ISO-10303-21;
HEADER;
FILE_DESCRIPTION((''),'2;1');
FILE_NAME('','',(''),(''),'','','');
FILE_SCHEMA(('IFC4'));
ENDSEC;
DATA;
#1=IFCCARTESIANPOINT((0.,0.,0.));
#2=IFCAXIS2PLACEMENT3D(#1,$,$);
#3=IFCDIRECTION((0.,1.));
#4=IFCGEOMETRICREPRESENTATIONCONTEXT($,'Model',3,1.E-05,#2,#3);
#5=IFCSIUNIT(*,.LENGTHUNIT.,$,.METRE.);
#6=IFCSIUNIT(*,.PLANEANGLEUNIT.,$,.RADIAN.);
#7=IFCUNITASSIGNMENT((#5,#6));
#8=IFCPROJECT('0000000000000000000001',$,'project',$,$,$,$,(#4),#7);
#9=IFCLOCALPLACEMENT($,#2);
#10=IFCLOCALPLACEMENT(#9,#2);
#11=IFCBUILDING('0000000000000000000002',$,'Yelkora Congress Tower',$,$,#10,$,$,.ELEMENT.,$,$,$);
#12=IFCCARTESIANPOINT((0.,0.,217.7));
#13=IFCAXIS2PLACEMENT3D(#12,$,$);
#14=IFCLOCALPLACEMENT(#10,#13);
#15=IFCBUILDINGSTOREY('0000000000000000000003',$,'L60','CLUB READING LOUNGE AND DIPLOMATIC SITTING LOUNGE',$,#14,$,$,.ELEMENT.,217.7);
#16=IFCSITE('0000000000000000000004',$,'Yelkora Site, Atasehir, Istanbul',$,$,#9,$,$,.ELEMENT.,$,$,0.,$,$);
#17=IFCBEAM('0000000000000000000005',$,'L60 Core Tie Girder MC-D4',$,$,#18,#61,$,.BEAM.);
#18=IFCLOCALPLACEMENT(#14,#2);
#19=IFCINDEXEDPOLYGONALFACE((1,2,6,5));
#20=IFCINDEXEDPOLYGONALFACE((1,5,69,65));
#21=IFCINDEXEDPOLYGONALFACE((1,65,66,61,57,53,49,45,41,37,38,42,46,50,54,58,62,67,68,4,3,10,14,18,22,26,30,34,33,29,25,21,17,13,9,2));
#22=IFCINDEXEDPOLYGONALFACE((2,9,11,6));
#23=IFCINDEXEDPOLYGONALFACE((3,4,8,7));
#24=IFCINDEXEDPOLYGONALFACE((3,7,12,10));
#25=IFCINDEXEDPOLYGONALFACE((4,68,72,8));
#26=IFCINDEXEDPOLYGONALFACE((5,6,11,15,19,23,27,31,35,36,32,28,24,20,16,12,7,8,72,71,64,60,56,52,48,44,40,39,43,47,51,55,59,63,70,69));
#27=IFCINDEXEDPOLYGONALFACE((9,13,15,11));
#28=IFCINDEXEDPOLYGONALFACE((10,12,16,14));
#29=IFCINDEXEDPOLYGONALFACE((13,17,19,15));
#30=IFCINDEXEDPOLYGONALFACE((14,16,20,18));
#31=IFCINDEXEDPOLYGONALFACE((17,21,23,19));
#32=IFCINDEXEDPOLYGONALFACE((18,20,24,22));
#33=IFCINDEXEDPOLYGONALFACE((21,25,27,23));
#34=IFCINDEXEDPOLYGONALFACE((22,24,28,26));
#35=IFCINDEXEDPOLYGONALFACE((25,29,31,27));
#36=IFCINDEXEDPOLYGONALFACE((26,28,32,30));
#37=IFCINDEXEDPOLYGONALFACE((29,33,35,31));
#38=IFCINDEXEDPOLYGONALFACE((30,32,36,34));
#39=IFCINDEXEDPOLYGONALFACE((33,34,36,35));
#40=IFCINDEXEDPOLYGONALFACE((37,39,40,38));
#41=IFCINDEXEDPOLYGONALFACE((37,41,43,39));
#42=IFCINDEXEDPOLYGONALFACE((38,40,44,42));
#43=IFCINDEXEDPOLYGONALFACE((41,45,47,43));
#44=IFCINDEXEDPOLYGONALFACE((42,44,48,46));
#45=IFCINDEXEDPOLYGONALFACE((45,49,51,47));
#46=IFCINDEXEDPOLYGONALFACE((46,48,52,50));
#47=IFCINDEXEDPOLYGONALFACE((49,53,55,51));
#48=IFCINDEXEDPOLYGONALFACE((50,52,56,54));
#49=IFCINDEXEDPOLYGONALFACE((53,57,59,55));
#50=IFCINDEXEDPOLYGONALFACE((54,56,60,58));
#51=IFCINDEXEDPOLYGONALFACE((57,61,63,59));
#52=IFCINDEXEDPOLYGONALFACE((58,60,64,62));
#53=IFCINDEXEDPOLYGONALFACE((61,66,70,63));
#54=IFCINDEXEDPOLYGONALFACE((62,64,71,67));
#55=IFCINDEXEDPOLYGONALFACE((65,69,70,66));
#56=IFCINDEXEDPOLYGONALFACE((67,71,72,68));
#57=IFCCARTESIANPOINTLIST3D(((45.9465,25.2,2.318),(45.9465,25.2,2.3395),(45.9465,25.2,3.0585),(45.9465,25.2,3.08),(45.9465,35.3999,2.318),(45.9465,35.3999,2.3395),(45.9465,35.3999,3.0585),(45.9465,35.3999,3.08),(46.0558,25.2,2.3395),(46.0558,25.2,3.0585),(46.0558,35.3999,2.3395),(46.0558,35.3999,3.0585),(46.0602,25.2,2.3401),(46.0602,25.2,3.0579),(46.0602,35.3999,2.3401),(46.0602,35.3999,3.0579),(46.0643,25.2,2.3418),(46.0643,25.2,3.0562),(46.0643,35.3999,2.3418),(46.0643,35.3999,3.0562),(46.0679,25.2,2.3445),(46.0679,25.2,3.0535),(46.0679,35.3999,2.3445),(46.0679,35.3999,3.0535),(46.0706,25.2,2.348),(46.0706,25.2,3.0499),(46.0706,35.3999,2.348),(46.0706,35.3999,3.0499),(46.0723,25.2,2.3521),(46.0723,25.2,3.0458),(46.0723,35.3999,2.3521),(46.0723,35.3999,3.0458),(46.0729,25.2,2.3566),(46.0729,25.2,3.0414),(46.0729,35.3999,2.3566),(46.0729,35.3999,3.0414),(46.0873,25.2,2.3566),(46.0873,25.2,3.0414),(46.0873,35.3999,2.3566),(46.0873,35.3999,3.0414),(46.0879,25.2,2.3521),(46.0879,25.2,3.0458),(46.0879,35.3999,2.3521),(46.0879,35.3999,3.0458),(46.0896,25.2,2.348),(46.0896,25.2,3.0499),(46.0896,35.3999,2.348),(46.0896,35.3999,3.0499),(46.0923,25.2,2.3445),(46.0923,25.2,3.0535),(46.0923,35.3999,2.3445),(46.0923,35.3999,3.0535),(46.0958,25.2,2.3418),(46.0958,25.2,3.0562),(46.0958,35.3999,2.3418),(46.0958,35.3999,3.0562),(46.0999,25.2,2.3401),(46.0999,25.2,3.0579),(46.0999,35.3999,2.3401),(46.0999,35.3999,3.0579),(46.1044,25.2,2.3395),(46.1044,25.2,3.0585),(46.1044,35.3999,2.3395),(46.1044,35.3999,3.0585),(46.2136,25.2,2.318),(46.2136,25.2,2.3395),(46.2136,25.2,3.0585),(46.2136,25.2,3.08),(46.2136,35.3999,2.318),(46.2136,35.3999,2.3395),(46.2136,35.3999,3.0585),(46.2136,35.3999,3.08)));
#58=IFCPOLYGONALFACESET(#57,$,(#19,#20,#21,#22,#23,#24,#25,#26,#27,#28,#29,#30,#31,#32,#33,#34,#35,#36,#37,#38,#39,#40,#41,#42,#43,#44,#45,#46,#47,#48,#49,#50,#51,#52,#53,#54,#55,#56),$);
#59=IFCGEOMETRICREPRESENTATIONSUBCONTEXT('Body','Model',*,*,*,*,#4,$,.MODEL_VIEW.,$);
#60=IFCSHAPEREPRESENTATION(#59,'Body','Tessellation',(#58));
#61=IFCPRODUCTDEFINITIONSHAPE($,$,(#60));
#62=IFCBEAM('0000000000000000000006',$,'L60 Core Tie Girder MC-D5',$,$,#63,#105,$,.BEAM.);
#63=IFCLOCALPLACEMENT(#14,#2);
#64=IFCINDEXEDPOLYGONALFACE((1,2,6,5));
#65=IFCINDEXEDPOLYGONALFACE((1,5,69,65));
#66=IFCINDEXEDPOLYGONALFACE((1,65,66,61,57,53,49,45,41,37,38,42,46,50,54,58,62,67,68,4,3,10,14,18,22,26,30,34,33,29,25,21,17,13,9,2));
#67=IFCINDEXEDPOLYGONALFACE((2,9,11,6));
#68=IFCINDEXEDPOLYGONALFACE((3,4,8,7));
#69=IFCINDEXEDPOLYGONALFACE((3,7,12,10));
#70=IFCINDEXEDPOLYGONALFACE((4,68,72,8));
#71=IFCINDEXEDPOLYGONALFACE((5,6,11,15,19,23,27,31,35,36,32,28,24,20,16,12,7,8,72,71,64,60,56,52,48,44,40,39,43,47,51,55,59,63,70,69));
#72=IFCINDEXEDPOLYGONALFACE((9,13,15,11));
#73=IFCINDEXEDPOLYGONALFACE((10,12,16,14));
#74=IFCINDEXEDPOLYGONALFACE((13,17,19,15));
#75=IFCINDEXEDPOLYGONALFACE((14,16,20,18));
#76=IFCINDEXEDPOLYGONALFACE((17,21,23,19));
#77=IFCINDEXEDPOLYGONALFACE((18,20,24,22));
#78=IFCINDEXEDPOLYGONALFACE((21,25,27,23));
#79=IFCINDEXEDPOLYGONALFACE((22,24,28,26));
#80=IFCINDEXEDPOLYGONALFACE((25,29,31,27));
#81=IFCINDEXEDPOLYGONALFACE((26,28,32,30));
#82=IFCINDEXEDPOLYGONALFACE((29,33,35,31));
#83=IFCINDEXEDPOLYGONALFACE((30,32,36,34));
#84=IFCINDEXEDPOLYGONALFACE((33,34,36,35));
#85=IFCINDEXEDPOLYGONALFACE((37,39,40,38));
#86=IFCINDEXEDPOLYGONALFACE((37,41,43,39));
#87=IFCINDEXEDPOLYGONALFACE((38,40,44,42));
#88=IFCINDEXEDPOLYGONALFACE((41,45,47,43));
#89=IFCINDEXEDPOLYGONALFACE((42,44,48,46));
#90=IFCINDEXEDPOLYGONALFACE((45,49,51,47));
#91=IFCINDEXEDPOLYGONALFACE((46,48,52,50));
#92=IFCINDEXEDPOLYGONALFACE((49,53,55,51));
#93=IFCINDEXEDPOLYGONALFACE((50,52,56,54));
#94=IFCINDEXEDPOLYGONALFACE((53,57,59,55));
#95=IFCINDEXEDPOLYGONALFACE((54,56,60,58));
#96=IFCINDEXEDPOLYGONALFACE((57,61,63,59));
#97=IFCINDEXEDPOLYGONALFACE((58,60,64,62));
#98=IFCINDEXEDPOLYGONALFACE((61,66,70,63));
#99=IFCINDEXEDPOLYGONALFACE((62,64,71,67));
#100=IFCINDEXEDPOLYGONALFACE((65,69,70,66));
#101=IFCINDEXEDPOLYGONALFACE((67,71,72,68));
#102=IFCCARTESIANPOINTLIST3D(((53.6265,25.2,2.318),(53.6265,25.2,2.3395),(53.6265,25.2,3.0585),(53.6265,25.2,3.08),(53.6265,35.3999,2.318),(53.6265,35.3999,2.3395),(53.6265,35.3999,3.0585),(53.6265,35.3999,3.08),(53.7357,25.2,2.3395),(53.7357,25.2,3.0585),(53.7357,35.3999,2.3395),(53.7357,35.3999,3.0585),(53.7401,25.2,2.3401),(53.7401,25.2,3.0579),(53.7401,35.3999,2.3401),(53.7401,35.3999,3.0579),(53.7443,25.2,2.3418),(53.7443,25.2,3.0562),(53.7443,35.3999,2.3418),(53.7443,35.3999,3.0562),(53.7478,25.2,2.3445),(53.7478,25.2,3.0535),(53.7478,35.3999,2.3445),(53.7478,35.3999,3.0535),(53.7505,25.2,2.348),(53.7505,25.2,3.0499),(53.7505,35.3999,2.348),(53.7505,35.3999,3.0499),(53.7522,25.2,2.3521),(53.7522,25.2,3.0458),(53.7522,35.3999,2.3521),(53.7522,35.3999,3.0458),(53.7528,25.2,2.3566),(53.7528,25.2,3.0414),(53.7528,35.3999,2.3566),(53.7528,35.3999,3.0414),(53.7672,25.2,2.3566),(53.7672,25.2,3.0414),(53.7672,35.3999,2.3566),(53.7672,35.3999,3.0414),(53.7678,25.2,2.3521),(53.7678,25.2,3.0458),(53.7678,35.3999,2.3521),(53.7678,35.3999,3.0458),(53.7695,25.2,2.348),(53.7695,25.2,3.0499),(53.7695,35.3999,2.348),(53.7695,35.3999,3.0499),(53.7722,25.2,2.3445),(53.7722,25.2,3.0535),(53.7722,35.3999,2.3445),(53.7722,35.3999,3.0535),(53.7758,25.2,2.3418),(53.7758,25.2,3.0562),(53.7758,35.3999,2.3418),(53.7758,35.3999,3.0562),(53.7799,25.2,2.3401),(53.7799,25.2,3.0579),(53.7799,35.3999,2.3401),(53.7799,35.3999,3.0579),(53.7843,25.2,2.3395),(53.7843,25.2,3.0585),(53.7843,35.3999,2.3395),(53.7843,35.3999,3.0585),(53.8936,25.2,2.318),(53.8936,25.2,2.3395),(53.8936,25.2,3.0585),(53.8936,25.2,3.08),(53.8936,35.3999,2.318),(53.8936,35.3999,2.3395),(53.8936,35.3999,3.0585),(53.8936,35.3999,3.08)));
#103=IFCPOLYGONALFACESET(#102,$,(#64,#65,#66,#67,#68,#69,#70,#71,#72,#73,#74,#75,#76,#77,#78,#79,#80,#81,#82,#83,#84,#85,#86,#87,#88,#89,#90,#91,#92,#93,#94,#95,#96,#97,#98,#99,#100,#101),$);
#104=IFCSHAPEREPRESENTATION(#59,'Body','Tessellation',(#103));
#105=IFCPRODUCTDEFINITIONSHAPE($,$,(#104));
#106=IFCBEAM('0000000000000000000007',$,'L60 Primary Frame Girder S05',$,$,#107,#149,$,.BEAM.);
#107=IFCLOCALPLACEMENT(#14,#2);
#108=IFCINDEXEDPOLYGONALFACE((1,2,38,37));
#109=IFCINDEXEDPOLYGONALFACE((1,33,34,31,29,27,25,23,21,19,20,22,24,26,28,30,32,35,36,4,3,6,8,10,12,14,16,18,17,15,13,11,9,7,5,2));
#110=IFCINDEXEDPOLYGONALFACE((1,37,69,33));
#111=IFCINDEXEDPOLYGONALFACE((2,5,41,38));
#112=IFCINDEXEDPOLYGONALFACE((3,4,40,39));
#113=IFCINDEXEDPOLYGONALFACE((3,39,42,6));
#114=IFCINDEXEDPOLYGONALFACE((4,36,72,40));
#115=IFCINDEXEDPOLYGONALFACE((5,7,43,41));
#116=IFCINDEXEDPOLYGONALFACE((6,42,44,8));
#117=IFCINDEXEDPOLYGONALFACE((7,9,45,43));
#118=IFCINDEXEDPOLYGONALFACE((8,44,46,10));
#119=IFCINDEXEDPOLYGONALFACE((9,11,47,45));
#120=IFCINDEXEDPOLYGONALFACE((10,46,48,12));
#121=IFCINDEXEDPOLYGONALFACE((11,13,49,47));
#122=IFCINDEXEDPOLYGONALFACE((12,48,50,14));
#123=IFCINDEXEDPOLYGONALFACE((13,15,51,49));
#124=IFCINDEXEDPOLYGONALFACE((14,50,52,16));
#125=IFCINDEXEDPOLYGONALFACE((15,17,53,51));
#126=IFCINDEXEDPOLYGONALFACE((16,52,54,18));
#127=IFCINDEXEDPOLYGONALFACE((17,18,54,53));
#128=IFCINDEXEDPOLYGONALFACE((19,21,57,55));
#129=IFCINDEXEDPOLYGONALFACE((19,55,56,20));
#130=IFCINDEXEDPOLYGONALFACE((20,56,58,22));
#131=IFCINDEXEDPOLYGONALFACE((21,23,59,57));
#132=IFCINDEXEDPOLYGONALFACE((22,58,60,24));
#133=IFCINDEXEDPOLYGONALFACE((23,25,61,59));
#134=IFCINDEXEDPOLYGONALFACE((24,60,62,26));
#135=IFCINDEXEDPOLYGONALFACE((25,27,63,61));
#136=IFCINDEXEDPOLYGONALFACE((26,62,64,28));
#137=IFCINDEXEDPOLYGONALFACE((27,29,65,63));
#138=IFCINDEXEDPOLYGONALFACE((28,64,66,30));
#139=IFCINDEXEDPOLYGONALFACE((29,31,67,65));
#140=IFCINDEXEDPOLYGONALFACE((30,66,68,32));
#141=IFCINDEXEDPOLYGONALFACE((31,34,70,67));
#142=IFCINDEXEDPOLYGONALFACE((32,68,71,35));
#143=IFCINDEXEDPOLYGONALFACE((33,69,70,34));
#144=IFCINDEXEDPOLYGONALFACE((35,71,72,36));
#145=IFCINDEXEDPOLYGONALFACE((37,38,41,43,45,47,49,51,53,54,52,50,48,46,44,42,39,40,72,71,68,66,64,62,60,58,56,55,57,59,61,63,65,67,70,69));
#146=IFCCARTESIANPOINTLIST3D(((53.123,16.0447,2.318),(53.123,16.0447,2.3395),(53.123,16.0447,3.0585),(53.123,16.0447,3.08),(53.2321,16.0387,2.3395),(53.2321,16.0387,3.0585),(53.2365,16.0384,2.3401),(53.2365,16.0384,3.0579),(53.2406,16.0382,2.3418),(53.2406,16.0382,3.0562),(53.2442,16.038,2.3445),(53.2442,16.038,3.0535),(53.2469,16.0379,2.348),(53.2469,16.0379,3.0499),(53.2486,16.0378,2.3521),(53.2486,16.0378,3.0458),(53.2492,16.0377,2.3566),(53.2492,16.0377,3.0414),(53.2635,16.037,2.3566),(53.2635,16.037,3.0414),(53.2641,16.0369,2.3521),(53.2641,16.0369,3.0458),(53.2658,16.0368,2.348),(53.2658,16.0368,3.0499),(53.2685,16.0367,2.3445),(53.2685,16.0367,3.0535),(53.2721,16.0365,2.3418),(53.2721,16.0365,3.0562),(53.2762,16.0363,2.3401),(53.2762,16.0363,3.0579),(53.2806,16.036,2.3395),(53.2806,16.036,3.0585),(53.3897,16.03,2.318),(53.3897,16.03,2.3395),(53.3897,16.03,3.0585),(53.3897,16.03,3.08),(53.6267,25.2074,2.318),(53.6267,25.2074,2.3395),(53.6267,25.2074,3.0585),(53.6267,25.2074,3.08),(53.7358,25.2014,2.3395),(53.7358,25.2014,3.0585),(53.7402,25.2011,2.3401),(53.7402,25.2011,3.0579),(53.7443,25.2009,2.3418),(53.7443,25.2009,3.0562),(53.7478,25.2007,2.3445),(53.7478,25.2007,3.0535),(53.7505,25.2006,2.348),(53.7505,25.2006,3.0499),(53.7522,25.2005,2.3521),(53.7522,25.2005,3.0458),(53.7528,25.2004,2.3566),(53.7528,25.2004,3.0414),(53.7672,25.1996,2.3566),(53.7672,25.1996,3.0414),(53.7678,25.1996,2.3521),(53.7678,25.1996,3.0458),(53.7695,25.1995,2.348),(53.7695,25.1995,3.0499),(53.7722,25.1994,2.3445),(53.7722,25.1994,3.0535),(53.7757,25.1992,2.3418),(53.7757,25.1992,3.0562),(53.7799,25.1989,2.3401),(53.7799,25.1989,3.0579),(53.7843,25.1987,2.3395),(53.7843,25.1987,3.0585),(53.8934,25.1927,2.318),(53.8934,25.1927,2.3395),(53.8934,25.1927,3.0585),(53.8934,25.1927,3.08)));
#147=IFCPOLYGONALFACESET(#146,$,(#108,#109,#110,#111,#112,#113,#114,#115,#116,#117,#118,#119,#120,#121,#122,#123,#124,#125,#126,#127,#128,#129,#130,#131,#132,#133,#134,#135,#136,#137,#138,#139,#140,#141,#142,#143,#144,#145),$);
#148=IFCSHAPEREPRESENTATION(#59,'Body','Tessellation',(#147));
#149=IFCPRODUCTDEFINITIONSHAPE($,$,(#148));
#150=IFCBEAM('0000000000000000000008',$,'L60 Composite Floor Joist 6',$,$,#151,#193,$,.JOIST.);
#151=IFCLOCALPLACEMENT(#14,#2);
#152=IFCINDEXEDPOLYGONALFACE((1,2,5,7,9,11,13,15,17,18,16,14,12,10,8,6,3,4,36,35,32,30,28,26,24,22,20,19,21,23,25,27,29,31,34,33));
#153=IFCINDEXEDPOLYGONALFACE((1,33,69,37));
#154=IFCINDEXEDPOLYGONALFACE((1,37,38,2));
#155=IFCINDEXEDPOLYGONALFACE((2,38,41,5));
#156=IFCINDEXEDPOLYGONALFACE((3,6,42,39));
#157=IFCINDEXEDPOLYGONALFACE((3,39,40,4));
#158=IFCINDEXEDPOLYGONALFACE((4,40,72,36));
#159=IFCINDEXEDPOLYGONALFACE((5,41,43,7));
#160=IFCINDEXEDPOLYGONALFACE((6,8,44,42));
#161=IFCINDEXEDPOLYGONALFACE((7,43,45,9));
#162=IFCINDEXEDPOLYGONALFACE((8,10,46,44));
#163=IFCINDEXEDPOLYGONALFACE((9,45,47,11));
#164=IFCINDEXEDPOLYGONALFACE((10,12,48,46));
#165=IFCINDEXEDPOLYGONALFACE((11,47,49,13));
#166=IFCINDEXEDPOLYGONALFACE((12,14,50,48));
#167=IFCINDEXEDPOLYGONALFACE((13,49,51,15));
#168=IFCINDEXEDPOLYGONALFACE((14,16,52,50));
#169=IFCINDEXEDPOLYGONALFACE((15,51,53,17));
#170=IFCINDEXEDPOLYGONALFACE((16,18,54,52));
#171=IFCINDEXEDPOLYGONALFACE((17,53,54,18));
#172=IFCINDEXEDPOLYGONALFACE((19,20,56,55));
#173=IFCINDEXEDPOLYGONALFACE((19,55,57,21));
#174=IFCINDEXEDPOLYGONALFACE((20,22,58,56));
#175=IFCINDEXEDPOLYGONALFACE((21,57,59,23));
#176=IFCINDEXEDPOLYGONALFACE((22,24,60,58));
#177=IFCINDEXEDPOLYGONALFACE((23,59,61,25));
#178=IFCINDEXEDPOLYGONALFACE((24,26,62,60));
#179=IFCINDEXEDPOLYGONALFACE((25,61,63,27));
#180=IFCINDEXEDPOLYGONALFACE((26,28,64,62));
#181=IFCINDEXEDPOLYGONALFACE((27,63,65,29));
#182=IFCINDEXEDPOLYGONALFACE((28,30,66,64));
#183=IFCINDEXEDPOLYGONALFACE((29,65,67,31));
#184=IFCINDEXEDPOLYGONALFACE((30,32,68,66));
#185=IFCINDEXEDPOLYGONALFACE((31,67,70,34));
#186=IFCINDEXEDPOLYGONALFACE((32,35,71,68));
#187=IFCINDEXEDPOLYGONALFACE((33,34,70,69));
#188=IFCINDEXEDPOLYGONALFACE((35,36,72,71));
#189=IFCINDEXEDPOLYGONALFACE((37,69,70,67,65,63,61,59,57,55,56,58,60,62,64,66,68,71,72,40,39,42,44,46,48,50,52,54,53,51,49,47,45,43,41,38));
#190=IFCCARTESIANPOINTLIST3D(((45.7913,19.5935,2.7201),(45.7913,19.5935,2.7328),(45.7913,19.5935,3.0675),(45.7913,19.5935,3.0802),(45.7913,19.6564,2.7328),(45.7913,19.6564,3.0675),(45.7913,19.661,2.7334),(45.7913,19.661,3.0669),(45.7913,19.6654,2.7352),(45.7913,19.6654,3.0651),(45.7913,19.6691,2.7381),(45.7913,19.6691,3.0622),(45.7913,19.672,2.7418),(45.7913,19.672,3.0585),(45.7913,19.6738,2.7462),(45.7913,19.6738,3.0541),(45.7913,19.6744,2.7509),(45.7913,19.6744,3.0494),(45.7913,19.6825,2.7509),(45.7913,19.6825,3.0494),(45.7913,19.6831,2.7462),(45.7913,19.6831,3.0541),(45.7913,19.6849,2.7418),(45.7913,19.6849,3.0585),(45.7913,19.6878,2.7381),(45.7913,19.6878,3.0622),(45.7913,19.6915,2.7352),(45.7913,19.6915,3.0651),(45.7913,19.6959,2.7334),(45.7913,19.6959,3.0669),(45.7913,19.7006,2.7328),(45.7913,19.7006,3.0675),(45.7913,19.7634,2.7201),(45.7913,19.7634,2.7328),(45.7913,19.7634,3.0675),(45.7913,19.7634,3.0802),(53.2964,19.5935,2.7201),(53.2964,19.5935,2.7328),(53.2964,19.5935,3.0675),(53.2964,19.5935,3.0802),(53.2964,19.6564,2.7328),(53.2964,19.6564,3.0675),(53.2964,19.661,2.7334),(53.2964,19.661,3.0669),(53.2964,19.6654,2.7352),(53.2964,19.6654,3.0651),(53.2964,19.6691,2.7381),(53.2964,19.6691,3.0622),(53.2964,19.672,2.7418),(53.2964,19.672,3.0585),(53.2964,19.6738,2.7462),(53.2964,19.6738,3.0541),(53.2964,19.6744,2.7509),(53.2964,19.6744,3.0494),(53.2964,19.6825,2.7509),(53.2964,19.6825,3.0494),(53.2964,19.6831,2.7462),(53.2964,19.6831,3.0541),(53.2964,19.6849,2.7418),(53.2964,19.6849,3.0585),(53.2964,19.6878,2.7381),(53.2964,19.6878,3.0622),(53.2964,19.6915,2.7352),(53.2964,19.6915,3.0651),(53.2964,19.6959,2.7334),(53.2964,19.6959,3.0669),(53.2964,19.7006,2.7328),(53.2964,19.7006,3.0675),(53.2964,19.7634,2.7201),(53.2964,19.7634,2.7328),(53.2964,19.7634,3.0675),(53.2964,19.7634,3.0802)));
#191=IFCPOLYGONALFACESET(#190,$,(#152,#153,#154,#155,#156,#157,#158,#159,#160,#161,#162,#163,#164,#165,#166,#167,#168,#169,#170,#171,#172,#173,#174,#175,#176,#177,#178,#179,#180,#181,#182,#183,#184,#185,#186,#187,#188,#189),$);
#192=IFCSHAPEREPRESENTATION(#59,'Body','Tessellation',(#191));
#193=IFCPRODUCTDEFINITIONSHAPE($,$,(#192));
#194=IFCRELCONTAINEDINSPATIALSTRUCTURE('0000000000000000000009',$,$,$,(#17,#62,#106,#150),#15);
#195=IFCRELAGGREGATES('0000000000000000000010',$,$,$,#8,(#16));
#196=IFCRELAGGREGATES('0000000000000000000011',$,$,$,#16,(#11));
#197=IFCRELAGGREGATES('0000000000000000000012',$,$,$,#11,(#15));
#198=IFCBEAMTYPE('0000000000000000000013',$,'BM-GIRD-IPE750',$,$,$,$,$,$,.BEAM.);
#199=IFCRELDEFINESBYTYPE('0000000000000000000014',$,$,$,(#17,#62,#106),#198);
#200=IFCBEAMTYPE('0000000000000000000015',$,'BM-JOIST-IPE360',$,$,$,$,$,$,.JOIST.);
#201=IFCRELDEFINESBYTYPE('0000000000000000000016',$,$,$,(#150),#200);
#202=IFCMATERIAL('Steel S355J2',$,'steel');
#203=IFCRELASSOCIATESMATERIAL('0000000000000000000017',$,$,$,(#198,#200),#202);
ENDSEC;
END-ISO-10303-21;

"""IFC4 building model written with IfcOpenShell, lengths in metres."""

from ifc_helpers import new_model, si_unit, direction, frame, origin, origin_2d, place, context, subcontext, project, spatial, i_section, extrude, material, material_profile, profile_set, type_object, element, save


model = new_model("IFC4")

# Units and contexts
model_context = context("Model", 3, precision=1e-05, world=origin(), true_north=direction((0.0, 1.0)))
body_context = subcontext(model_context, "Body", "Model", "MODEL_VIEW")
ifc_project = project(units=[si_unit("LENGTHUNIT", "METRE"), si_unit("PLANEANGLEUNIT", "RADIAN")], contexts=[model_context])

# Site, building, storey
site_placement = place(None, origin())
site = spatial("IfcSite", under=ifc_project, at=site_placement, Name="Yelkora Site, Atasehir, Istanbul", CompositionType="ELEMENT", RefElevation=0.0)
building_placement = place(site_placement, origin())
building = spatial("IfcBuilding", under=site, at=building_placement, Name="Yelkora Congress Tower", CompositionType="ELEMENT")
storey_placement = place(building_placement, frame((0.0, 0.0, 217.7)))
storey = spatial("IfcBuildingStorey", under=building, at=storey_placement, Name="L60", Description="CLUB READING LOUNGE AND DIPLOMATIC SITTING LOUNGE", CompositionType="ELEMENT", Elevation=217.7)

# Shared definitions
ifc_material_1 = material(Name="Steel S355J2", Category="steel")

# Beams
ifc_material_profile_1 = material_profile(ifc_material_1, i_section(OverallWidth=0.2671, OverallDepth=0.762, WebThickness=0.0144, FlangeThickness=0.0215, FilletRadius=0.0171, at=origin_2d()), Name="IPE 750x173")
ifc_profile_set_1 = profile_set([ifc_material_profile_1], Name="Steel S355J2")
beam_type_1 = type_object("IfcBeamType", Name="BM-GIRD-IPE750", PredefinedType="BEAM", material=ifc_profile_set_1)
for number, where, z_axis, x_axis, name in (
    (1, (46.0801, 25.2, 2.699), (0.0, 1.0, 0.0), (-1.0, 0.0, 0.0), "L60 Core Tie Girder MC-D4"),
    (2, (53.76, 25.2, 2.699), (0.0, 1.0, 0.0), (-1.0, 0.0, 0.0), "L60 Core Tie Girder MC-D5"),
):
    element("IfcBeam", number, at=place(storey_placement, frame(where, z_axis=z_axis, x_axis=x_axis)), inside=storey, type_object=beam_type_1, Name=name, PredefinedType="BEAM", context=body_context, shape_type="SweptSolid", body=[
        extrude(i_section(OverallWidth=0.2671, OverallDepth=0.762, WebThickness=0.0144, FlangeThickness=0.0215, FilletRadius=0.0171, at=origin_2d()), origin(), (0.0, 0.0, 1.0), 10.2),
    ])
beam_1_placement = place(storey_placement, frame((53.2563, 16.0374, 2.699), z_axis=(0.054886, 0.998493, 0.0), x_axis=(-0.998493, 0.054886, 0.0)))
element("IfcBeam", 3, at=beam_1_placement, inside=storey, type_object=beam_type_1, Name="L60 Primary Frame Girder S05", PredefinedType="BEAM", context=body_context, shape_type="SweptSolid", body=[
    extrude(i_section(OverallWidth=0.2671, OverallDepth=0.762, WebThickness=0.0144, FlangeThickness=0.0215, FilletRadius=0.0171, at=origin_2d()), origin(), (0.0, 0.0, 1.0), 9.1765),
])
ifc_material_profile_2 = material_profile(ifc_material_1, i_section(OverallWidth=0.1699, OverallDepth=0.3601, WebThickness=0.0081, FlangeThickness=0.0127, FilletRadius=0.0181, at=origin_2d()), Name="IPE 360")
ifc_profile_set_2 = profile_set([ifc_material_profile_2], Name="Steel S355J2")
beam_type_2 = type_object("IfcBeamType", Name="BM-JOIST-IPE360", PredefinedType="JOIST", material=ifc_profile_set_2)
beam_2_placement = place(storey_placement, frame((45.7913, 19.6785, 2.9001), z_axis=(1.0, 0.0, 0.0), x_axis=(0.0, 1.0, 0.0)))
element("IfcBeam", 4, at=beam_2_placement, inside=storey, type_object=beam_type_2, Name="L60 Composite Floor Joist 6", PredefinedType="JOIST", context=body_context, shape_type="SweptSolid", body=[
    extrude(i_section(OverallWidth=0.1699, OverallDepth=0.3601, WebThickness=0.0081, FlangeThickness=0.0127, FilletRadius=0.0181, at=origin_2d()), origin(), (0.0, 0.0, 1.0), 7.5051),
])

save(model, "model.ifc")
